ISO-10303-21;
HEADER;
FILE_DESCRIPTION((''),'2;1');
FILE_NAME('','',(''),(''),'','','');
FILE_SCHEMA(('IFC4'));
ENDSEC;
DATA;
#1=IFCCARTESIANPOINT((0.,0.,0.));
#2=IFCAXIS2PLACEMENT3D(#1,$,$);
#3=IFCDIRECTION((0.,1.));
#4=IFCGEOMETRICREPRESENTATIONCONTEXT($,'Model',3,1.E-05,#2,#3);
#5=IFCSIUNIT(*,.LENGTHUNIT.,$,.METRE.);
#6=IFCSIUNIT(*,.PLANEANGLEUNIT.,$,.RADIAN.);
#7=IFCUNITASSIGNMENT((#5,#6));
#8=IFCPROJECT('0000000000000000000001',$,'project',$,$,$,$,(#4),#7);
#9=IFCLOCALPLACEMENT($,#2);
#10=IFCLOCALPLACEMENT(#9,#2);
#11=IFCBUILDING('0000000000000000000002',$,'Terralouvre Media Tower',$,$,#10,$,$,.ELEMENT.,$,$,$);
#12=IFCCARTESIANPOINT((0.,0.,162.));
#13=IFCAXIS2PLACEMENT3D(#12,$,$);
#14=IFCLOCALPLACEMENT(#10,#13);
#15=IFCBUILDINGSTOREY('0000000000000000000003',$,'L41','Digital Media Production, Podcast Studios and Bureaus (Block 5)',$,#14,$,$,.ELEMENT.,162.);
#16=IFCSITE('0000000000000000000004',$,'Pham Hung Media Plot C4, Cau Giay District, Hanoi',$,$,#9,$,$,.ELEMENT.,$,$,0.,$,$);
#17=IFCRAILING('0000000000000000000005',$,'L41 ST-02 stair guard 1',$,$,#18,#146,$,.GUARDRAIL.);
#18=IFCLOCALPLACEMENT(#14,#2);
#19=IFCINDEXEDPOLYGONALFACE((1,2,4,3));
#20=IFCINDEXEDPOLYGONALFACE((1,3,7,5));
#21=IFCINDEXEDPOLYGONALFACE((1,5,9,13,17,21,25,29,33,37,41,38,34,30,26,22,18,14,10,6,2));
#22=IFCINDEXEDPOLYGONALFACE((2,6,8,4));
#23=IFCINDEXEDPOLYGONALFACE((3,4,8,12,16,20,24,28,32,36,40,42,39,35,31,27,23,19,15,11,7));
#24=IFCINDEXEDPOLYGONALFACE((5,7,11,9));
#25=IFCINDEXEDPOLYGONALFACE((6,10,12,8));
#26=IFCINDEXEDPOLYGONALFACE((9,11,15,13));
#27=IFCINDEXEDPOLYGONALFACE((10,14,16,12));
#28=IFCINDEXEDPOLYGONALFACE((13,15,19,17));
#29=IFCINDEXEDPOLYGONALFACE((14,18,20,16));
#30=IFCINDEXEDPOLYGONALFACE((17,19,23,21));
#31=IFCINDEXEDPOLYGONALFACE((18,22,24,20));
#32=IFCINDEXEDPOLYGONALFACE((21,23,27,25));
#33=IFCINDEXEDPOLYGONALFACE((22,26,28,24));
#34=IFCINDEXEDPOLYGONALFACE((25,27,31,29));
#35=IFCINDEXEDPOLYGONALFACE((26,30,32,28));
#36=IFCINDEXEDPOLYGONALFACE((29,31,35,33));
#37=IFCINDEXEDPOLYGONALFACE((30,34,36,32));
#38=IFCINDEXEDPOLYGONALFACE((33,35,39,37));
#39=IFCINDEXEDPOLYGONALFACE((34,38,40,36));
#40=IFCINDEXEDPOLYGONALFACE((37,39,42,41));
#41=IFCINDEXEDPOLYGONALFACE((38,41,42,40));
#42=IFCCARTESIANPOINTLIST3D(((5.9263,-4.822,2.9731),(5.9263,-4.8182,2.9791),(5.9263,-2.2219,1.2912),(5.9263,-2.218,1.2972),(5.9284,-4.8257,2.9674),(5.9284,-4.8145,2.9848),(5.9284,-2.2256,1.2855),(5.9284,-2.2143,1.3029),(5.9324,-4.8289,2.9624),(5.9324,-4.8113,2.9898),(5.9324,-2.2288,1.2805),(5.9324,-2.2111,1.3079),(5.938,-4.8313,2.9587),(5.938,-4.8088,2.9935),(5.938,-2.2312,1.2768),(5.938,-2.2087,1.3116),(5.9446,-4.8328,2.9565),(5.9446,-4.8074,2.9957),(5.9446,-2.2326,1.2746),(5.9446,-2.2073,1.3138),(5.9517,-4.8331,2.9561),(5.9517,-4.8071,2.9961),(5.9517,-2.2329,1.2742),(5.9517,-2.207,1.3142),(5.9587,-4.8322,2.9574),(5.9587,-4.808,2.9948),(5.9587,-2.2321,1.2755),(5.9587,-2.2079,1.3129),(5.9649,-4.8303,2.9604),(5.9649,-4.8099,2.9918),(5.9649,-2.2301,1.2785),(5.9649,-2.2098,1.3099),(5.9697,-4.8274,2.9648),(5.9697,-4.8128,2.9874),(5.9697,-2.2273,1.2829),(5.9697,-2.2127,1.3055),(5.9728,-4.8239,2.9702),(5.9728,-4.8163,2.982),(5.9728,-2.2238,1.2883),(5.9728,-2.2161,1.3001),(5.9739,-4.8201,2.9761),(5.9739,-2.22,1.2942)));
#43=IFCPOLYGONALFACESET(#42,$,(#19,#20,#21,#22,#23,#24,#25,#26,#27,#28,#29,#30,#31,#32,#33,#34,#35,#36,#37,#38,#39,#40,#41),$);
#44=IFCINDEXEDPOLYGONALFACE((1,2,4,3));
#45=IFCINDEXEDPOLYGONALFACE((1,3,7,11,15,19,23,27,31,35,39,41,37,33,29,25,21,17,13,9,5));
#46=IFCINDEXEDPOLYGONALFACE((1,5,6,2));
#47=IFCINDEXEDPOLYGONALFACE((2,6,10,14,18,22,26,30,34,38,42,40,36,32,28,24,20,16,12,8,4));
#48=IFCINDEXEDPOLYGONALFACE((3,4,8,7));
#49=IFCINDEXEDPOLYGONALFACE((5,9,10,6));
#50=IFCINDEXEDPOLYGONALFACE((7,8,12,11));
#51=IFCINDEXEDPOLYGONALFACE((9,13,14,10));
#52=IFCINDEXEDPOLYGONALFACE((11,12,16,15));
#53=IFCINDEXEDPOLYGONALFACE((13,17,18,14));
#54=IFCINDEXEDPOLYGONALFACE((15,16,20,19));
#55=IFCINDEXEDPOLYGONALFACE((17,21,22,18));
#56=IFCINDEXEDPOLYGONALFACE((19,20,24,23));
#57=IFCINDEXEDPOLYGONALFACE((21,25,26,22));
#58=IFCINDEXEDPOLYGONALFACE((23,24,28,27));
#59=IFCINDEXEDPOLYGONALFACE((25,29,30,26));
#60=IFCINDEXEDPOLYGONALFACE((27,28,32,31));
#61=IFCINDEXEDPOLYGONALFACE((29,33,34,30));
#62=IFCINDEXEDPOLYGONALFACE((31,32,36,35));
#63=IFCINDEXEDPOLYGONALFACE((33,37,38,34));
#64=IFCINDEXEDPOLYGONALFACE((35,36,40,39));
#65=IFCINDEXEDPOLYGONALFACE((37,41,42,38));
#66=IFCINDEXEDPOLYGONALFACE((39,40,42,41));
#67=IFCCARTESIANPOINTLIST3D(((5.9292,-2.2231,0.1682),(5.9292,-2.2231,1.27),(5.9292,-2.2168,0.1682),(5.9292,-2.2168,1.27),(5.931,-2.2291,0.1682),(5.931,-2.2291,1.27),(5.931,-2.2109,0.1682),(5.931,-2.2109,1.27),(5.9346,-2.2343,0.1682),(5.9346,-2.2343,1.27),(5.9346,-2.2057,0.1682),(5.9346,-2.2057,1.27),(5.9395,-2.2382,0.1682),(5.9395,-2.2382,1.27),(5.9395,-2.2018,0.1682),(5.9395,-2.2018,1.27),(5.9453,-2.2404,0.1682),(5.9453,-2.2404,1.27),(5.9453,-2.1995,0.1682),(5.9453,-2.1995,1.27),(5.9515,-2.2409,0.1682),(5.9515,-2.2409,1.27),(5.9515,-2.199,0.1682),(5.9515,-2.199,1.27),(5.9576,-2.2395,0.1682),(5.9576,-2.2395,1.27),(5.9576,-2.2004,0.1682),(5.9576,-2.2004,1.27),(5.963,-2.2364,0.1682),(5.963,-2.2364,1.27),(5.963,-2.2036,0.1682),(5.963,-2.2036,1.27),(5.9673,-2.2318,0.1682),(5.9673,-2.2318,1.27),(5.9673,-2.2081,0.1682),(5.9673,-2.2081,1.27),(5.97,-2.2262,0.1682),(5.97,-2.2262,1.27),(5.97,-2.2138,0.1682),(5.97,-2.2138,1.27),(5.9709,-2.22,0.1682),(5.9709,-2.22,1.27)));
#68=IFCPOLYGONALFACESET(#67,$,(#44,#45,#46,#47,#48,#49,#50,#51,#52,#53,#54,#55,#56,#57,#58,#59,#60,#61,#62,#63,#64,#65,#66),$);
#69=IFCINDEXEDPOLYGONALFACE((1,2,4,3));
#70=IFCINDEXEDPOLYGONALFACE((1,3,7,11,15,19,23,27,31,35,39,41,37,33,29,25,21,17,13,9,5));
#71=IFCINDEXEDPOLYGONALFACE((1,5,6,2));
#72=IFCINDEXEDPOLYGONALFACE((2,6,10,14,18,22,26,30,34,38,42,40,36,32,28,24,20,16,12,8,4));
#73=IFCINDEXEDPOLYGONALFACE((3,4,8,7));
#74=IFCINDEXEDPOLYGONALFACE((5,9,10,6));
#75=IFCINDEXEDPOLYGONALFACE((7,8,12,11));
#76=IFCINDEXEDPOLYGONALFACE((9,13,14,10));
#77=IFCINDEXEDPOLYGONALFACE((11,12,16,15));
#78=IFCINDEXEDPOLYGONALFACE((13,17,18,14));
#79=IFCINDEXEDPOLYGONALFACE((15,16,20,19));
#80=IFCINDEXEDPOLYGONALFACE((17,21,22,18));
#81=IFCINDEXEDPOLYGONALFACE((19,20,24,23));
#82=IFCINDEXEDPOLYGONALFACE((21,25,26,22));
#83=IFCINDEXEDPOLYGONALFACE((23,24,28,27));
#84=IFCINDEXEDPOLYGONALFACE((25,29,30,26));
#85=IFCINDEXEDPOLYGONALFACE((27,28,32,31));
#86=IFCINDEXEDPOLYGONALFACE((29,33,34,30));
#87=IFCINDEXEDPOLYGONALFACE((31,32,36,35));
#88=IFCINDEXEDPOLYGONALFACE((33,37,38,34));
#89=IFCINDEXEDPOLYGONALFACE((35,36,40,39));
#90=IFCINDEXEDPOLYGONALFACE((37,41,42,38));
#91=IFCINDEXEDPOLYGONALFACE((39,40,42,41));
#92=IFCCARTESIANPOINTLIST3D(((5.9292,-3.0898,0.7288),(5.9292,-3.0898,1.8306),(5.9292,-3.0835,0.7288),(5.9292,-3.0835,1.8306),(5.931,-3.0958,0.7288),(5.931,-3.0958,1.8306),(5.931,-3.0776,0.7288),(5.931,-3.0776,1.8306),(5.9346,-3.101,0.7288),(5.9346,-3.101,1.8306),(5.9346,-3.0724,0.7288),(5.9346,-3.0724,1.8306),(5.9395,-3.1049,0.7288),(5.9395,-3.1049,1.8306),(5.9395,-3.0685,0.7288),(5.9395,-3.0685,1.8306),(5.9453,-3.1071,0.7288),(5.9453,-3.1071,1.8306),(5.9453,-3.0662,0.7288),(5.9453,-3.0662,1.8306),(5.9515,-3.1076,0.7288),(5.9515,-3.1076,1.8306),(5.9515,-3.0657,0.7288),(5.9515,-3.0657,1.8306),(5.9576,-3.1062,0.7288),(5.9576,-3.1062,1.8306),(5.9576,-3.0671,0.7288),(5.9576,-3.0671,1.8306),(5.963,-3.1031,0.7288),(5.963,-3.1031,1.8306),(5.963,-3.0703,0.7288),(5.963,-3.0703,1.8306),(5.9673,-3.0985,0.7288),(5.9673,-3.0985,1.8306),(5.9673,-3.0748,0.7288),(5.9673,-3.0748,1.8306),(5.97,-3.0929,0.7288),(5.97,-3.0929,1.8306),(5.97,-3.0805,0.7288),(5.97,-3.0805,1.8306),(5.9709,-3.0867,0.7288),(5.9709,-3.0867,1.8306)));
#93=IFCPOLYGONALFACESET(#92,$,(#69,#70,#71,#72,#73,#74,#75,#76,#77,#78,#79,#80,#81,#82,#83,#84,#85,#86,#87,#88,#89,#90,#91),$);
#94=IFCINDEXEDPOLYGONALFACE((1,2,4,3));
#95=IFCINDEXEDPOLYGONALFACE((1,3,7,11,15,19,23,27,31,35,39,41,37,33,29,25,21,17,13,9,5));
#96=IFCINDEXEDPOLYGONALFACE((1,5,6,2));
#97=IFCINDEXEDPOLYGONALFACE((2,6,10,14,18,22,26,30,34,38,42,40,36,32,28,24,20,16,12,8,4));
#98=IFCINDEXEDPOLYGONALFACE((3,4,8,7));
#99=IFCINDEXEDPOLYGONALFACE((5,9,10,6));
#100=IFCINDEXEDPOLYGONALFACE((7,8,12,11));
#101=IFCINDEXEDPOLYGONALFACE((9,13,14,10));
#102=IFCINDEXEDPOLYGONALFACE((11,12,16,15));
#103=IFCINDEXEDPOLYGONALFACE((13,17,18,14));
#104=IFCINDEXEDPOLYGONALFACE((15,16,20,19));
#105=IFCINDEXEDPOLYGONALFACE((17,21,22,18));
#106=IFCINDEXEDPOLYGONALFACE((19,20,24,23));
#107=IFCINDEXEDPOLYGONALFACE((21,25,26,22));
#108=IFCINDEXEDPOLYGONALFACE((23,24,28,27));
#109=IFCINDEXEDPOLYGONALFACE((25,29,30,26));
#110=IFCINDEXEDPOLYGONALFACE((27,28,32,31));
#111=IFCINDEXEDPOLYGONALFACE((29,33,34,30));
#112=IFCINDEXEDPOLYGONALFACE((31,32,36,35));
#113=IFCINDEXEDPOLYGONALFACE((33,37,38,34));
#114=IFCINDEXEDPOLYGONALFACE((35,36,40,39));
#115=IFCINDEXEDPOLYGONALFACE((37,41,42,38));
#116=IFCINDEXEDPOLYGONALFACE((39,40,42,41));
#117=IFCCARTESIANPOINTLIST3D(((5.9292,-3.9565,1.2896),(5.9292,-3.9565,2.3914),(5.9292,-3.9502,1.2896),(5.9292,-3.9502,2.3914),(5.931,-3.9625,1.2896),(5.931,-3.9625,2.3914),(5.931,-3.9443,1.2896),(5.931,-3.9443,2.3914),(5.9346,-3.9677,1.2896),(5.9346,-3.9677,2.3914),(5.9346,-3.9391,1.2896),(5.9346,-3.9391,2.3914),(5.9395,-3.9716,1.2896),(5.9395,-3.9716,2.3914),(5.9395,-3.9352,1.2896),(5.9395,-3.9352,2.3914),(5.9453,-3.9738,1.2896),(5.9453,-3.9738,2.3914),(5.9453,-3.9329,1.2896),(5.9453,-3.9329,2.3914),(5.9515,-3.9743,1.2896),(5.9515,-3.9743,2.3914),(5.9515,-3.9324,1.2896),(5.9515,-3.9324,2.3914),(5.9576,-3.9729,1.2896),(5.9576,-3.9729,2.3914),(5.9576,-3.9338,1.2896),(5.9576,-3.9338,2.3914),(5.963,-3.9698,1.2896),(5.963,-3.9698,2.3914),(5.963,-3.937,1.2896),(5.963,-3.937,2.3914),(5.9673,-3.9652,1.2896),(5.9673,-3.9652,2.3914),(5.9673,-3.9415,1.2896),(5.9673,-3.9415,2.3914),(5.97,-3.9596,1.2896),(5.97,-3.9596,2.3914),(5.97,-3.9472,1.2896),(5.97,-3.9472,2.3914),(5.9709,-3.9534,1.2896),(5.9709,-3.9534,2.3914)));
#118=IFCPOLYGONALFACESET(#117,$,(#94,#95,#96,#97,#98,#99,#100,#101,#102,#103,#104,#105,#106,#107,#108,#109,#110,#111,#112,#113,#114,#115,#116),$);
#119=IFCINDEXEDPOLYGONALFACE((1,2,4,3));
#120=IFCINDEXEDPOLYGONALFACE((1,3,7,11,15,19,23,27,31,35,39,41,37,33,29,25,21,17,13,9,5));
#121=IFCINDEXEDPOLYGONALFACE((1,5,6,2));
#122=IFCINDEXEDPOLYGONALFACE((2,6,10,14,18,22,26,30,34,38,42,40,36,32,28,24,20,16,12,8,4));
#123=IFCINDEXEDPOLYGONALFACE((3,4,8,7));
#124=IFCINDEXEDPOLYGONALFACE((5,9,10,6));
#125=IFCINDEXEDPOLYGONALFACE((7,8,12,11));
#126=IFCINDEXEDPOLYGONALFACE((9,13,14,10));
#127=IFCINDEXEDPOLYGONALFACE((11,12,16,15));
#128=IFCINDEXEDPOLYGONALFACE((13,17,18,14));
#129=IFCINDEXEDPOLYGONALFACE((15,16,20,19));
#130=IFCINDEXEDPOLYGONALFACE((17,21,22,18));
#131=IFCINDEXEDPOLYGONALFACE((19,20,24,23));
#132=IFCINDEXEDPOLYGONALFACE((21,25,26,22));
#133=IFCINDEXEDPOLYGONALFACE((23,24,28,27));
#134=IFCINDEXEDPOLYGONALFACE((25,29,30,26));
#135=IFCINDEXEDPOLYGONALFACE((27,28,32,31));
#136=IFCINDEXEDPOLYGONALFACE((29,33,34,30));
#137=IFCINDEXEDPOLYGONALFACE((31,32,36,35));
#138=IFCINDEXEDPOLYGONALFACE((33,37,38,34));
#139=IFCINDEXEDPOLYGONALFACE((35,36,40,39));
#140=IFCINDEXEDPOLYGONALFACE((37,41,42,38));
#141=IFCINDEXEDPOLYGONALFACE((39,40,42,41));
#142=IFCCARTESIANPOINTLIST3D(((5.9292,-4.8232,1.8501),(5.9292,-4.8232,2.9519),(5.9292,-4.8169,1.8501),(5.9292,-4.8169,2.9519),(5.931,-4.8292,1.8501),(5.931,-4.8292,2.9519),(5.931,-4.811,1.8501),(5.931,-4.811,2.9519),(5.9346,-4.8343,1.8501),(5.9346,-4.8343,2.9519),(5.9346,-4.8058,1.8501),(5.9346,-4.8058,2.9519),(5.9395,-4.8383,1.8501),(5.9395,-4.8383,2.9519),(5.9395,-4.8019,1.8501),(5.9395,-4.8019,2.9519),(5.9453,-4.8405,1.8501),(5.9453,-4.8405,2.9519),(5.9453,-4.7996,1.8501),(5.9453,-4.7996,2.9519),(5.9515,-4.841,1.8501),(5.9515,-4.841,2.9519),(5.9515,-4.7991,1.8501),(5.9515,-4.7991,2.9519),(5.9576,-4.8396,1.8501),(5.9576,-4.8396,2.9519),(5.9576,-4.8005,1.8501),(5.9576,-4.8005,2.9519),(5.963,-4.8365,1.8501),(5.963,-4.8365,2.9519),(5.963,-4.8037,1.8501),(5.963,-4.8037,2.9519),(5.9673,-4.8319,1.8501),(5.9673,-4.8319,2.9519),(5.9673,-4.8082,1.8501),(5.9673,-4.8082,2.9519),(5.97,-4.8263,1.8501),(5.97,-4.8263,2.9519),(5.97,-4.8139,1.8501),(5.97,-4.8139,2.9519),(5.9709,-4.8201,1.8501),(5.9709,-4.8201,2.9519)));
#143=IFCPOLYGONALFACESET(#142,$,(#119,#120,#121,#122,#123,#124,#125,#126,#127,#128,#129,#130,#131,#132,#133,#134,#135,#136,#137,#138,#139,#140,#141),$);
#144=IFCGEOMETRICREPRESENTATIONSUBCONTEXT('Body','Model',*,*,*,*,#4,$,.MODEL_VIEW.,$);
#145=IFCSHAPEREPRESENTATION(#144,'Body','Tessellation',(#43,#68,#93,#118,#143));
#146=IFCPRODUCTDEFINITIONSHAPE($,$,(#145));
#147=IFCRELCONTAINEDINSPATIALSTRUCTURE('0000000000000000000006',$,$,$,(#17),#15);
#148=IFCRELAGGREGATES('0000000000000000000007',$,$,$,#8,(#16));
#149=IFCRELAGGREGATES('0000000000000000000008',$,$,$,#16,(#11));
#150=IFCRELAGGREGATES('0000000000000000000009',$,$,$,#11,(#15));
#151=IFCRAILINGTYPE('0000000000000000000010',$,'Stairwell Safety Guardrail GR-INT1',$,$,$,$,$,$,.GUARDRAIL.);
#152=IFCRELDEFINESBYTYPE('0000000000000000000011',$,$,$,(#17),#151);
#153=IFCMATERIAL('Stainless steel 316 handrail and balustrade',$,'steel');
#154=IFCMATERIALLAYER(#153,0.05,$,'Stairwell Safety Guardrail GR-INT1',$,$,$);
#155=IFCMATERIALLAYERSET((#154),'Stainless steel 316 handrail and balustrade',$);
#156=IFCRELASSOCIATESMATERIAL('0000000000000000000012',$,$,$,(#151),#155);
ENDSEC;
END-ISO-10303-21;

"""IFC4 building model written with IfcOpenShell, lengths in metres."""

from ifc_helpers import new_model, si_unit, direction, frame, origin, origin_2d, place, context, subcontext, project, spatial, circle, extrude, material, layer, layer_set, type_object, element, save


model = new_model("IFC4")

# Units and contexts
model_context = context("Model", 3, precision=1e-05, world=origin(), true_north=direction((0.0, 1.0)))
body_context = subcontext(model_context, "Body", "Model", "MODEL_VIEW")
ifc_project = project(units=[si_unit("LENGTHUNIT", "METRE"), si_unit("PLANEANGLEUNIT", "RADIAN")], contexts=[model_context])

# Site, building, storey
site_placement = place(None, origin())
site = spatial("IfcSite", under=ifc_project, at=site_placement, Name="Pham Hung Media Plot C4, Cau Giay District, Hanoi", CompositionType="ELEMENT", RefElevation=0.0)
building_placement = place(site_placement, origin())
building = spatial("IfcBuilding", under=site, at=building_placement, Name="Terralouvre Media Tower", CompositionType="ELEMENT")
storey_placement = place(building_placement, frame((0.0, 0.0, 162.0)))
storey = spatial("IfcBuildingStorey", under=building, at=storey_placement, Name="L41", Description="Digital Media Production, Podcast Studios and Bureaus (Block 5)", CompositionType="ELEMENT", Elevation=162.0)

# Railing
ifc_material_1 = material(Name="Stainless steel 316 handrail and balustrade", Category="steel")
ifc_layer_1 = layer(ifc_material_1, 0.05, Name="Stairwell Safety Guardrail GR-INT1")
ifc_layer_set_1 = layer_set([ifc_layer_1], Name="Stainless steel 316 handrail and balustrade")
railing_type_1 = type_object("IfcRailingType", Name="Stairwell Safety Guardrail GR-INT1", PredefinedType="GUARDRAIL", material=ifc_layer_set_1)
railing_1_placement = place(storey_placement, frame((5.95, -2.22, 0.1682)))
element("IfcRailing", 1, at=railing_1_placement, inside=storey, type_object=railing_type_1, Name="L41 ST-02 stair guard 1", PredefinedType="GUARDRAIL", context=body_context, shape_type="SweptSolid", body=[
    extrude(circle(Radius=0.0239, at=origin_2d()), frame((0.0, 0.0, 1.126), z_axis=(0.0, -0.839648, 0.54313), x_axis=(1.0, 0.0, 0.0)), (0.0, 0.0, 1.0), 3.0967),
    extrude(circle(Radius=0.021, at=origin_2d()), origin(), (0.0, 0.0, 1.0), 1.1018),
    extrude(circle(Radius=0.021, at=origin_2d()), frame((0.0, -0.8667, 0.5605)), (0.0, 0.0, 1.0), 1.1018),
    extrude(circle(Radius=0.021, at=origin_2d()), frame((0.0, -1.7334, 1.1213)), (0.0, 0.0, 1.0), 1.1018),
    extrude(circle(Radius=0.021, at=origin_2d()), frame((0.0, -2.6001, 1.6819)), (0.0, 0.0, 1.0), 1.1018),
])

save(model, "model.ifc")
